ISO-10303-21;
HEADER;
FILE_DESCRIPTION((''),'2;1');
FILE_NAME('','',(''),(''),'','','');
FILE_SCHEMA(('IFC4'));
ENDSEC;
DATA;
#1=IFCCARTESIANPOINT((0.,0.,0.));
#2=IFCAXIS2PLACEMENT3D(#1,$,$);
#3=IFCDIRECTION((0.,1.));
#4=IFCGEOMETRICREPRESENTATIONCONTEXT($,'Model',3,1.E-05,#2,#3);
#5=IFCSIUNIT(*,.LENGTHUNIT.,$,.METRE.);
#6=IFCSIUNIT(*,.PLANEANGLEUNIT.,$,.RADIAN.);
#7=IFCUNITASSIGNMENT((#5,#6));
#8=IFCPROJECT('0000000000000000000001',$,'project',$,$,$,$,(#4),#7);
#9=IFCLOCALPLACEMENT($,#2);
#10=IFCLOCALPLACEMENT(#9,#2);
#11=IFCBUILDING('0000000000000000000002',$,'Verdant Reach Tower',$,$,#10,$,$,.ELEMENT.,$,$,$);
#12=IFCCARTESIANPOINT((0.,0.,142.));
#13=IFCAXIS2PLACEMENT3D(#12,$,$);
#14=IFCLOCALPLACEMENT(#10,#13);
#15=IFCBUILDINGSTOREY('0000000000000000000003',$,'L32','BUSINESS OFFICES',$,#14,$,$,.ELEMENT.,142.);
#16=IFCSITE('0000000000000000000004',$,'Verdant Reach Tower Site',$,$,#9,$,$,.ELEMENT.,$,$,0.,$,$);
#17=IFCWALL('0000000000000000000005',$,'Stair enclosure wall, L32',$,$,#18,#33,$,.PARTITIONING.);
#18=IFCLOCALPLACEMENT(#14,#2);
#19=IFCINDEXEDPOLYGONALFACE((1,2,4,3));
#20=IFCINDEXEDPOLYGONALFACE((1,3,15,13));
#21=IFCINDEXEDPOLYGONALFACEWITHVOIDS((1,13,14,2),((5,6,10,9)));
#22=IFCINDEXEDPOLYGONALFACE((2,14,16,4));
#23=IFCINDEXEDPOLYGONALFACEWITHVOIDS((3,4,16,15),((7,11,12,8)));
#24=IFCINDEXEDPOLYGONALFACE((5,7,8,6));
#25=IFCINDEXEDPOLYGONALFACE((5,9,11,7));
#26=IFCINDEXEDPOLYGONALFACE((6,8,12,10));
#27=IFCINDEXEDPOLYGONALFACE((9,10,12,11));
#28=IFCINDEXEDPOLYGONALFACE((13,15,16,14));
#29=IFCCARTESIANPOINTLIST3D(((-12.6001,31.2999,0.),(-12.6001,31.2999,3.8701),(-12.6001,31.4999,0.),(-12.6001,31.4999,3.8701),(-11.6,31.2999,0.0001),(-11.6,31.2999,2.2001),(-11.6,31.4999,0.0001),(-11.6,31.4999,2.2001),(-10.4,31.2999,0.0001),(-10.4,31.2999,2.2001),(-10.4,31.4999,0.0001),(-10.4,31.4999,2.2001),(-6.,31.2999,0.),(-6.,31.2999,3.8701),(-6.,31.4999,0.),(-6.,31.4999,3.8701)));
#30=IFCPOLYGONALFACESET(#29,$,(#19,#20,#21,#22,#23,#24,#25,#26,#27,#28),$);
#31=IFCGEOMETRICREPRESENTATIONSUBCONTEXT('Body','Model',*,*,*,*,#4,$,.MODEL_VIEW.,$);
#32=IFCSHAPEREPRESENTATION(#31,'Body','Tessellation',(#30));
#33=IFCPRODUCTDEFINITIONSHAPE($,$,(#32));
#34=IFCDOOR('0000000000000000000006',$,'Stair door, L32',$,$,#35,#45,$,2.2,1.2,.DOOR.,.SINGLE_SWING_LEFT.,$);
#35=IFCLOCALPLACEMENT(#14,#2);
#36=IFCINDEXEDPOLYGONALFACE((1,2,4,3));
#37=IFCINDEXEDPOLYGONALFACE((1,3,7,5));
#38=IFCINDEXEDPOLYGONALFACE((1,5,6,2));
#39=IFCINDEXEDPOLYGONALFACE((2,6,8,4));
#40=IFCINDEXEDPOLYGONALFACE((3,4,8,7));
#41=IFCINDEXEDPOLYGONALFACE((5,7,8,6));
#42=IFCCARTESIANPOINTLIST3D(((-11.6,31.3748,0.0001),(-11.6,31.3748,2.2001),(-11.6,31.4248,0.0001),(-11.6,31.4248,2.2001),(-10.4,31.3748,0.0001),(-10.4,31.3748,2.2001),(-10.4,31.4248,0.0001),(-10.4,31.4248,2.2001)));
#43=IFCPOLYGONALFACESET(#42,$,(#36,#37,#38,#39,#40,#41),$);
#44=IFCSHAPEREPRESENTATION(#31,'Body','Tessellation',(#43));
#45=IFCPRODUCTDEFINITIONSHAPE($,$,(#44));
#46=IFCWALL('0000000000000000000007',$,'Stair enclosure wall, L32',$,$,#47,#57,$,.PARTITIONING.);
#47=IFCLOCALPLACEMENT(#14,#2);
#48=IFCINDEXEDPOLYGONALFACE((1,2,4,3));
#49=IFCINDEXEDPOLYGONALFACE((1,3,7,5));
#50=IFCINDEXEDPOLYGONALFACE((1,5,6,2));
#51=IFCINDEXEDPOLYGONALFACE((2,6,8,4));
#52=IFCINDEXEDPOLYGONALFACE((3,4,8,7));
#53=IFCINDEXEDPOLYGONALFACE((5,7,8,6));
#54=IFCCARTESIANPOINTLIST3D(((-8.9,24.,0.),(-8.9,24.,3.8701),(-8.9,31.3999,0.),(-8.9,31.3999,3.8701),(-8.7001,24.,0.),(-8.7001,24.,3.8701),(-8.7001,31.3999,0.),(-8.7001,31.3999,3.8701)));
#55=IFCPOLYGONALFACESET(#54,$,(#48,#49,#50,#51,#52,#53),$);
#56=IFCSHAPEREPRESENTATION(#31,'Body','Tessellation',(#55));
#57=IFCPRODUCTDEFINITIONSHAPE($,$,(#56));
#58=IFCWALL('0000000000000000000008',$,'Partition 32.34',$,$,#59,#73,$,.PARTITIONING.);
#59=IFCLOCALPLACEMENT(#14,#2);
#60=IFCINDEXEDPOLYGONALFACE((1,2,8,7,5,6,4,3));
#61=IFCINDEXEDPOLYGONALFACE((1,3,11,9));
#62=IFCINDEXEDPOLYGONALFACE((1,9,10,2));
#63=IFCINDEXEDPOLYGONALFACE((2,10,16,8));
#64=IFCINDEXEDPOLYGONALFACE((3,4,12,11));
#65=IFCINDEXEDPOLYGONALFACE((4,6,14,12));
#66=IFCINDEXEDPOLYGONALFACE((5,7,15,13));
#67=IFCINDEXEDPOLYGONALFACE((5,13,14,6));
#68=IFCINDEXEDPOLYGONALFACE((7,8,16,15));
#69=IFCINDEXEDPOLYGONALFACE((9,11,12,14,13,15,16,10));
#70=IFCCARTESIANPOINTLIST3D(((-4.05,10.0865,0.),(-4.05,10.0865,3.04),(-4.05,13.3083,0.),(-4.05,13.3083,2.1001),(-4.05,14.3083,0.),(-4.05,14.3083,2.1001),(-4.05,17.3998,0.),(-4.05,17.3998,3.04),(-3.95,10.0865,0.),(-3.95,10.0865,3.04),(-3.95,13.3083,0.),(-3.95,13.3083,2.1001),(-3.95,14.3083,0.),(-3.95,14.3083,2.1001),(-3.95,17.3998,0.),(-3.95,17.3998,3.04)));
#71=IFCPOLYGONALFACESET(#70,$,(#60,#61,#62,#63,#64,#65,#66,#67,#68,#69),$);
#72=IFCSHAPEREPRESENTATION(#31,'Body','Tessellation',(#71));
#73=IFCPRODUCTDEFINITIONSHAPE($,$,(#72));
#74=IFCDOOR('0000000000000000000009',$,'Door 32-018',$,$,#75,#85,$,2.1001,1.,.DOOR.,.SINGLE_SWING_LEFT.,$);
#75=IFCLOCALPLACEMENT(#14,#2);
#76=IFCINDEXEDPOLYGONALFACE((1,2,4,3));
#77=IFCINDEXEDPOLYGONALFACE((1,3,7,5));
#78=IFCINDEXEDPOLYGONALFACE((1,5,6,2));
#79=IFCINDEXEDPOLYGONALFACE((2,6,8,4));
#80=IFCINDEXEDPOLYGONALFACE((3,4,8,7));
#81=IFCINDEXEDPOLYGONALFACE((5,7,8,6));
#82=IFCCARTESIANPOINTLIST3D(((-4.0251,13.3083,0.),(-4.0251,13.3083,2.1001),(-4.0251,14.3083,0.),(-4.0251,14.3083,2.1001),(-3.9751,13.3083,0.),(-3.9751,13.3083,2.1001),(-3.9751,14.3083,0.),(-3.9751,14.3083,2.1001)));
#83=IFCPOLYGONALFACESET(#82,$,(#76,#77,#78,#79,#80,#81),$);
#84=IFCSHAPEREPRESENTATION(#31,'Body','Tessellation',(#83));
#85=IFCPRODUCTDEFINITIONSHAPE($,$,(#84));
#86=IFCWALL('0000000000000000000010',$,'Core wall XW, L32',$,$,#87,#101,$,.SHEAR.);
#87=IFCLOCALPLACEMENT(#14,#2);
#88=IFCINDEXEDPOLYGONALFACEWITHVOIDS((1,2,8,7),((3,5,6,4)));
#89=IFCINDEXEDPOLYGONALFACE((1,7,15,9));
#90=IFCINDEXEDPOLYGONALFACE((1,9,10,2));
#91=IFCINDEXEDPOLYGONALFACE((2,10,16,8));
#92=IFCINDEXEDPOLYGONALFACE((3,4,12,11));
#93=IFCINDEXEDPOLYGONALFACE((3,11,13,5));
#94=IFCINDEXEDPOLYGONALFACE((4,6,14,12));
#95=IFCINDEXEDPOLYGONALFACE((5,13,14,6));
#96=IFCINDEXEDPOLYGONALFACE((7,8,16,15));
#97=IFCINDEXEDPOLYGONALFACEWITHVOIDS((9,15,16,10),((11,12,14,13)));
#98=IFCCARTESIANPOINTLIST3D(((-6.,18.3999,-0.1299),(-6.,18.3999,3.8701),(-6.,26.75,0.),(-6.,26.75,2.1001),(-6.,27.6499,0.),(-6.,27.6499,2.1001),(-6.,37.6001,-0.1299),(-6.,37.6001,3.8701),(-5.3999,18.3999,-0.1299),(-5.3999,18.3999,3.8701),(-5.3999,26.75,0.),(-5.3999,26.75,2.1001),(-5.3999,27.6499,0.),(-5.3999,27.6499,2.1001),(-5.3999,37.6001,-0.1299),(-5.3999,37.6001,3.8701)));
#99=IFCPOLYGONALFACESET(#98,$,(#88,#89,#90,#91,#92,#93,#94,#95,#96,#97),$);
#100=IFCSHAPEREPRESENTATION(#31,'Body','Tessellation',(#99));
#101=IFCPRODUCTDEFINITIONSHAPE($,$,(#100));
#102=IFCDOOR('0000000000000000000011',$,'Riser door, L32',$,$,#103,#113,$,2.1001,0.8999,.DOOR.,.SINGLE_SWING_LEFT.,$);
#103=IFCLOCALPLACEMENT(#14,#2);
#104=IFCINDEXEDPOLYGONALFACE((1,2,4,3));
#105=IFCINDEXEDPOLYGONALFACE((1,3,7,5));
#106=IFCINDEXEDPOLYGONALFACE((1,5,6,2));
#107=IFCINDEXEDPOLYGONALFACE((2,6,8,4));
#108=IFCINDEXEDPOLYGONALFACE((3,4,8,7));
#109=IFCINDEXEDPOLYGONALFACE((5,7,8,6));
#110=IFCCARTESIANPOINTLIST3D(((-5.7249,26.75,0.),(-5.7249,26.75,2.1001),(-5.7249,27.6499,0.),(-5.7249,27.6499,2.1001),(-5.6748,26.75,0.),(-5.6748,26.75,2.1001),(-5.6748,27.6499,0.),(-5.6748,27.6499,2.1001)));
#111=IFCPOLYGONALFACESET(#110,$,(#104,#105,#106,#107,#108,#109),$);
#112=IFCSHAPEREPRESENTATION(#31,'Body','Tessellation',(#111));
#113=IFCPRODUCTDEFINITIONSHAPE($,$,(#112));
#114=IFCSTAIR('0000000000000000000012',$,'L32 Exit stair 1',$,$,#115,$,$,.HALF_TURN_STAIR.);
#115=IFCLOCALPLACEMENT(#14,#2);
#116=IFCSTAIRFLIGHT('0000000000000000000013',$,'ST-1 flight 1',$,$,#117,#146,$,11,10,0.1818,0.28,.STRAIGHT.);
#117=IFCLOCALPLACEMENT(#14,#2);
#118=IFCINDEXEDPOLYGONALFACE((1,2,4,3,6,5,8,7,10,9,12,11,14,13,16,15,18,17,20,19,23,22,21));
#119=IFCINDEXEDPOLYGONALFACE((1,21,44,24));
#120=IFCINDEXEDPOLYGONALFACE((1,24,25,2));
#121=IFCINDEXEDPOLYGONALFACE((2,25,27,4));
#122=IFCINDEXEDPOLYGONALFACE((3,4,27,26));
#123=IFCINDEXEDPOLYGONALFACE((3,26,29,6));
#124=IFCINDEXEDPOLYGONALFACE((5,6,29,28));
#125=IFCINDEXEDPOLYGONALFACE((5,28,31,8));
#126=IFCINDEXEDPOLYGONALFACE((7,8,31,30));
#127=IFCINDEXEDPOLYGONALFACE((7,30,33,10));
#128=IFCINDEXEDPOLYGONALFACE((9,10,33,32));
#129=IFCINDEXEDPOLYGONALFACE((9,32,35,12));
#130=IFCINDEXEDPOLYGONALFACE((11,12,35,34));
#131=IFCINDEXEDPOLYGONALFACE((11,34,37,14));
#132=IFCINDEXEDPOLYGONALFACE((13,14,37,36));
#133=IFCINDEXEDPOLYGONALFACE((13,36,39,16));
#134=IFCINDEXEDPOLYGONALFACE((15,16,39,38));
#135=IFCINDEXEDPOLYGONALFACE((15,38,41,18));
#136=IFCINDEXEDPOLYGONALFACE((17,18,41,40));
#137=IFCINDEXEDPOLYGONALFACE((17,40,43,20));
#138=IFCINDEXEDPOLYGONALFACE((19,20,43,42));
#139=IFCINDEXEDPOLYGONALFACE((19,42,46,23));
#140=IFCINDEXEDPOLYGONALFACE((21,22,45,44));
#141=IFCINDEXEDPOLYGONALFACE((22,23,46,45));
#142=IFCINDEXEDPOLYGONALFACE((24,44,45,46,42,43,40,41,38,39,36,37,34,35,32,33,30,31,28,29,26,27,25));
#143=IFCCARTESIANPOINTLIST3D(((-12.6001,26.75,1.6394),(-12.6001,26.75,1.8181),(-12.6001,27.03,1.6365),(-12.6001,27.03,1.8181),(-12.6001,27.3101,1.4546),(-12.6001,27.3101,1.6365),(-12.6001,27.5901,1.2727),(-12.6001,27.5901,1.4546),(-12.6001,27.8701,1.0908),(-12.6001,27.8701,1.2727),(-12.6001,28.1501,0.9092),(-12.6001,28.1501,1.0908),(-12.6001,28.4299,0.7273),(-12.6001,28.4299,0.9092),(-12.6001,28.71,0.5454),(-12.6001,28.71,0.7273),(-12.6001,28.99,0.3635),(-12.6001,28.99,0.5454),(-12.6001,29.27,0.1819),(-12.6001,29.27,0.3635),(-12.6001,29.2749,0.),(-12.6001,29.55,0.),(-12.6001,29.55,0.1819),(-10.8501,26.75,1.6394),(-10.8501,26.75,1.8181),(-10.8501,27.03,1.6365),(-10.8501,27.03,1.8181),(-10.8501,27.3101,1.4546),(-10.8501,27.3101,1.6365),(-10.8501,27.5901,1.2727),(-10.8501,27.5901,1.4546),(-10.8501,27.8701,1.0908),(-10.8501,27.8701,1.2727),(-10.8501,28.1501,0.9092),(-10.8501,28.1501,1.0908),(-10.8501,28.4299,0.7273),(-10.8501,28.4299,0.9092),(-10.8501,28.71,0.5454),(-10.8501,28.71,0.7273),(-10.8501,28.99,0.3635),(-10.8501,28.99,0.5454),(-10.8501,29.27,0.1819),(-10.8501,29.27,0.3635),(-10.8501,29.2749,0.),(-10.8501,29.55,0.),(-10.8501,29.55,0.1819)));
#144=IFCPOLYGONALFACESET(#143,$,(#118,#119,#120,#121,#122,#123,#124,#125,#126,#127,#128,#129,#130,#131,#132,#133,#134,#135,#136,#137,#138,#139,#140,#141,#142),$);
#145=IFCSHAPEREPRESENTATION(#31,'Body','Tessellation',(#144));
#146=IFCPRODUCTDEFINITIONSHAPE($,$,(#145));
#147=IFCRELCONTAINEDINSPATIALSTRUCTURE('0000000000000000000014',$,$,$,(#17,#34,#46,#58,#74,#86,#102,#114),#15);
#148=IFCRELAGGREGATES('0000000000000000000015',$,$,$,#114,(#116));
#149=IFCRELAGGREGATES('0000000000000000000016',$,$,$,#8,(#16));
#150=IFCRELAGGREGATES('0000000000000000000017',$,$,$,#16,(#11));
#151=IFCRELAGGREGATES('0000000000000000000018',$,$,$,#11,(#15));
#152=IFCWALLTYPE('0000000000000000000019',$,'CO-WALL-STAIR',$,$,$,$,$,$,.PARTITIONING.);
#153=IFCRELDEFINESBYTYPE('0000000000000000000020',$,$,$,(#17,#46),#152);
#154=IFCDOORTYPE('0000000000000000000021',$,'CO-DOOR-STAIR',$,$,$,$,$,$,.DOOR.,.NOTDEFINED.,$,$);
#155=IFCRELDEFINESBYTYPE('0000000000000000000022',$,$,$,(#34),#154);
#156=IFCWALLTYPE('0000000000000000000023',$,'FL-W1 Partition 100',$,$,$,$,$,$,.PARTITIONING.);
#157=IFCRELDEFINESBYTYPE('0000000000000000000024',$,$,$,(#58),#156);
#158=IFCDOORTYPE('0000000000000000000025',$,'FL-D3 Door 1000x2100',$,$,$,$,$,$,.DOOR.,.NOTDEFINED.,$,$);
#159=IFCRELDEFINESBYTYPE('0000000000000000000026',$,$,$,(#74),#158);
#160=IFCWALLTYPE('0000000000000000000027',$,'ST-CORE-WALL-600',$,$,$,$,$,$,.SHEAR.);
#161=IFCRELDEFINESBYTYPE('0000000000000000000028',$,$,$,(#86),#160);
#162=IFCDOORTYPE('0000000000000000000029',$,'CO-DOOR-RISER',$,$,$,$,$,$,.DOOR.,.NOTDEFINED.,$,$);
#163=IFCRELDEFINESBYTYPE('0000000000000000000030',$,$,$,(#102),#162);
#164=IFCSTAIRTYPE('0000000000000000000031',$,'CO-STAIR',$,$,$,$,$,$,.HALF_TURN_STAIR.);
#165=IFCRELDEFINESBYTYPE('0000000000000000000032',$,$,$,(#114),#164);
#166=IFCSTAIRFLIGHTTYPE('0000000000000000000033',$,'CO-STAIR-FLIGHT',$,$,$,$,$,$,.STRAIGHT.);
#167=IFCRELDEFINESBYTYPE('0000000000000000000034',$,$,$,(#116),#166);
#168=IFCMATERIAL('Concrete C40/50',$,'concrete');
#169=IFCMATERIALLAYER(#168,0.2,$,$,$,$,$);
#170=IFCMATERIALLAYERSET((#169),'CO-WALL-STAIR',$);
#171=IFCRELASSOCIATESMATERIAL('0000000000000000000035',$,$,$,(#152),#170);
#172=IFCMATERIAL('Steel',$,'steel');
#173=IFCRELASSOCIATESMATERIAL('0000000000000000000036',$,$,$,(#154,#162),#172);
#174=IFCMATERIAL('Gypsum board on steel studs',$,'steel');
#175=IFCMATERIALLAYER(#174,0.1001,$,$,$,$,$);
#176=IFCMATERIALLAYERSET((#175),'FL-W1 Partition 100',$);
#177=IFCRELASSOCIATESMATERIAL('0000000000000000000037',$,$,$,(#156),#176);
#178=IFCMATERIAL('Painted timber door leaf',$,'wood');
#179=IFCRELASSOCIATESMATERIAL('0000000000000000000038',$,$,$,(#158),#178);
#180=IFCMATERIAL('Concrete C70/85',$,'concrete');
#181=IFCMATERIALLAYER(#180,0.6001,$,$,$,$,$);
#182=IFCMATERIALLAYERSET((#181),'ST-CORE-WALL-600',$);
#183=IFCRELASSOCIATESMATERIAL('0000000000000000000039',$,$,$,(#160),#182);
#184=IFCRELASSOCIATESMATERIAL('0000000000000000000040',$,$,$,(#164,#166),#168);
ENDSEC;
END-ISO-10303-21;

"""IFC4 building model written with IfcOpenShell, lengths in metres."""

from ifc_helpers import new_model, si_unit, direction, frame, frame_2d, origin, place, context, subcontext, project, spatial, polyline, rectangle, outline, extrude, material, layer, layer_set, type_object, element, fill, aggregate, save


model = new_model("IFC4")

# Units and contexts
model_context = context("Model", 3, precision=1e-05, world=origin(), true_north=direction((0.0, 1.0)))
body_context = subcontext(model_context, "Body", "Model", "MODEL_VIEW")
ifc_project = project(units=[si_unit("LENGTHUNIT", "METRE"), si_unit("PLANEANGLEUNIT", "RADIAN")], contexts=[model_context])

# Site, building, storey
site_placement = place(None, origin())
site = spatial("IfcSite", under=ifc_project, at=site_placement, Name="Verdant Reach Tower Site", CompositionType="ELEMENT", RefElevation=0.0)
building_placement = place(site_placement, origin())
building = spatial("IfcBuilding", under=site, at=building_placement, Name="Verdant Reach Tower", CompositionType="ELEMENT")
storey_placement = place(building_placement, frame((0.0, 0.0, 142.0)))
storey = spatial("IfcBuildingStorey", under=building, at=storey_placement, Name="L32", Description="BUSINESS OFFICES", CompositionType="ELEMENT", Elevation=142.0)

# Shared definitions
ifc_material_1 = material(Name="Gypsum board on steel studs", Category="steel")

# Shared definitions
ifc_material_2 = material(Name="Concrete C40/50", Category="concrete")

# Wall, opening, door
ifc_layer_1 = layer(ifc_material_2, 0.2)
ifc_layer_set_1 = layer_set([ifc_layer_1], Name="CO-WALL-STAIR")
wall_type_1 = type_object("IfcWallType", Name="CO-WALL-STAIR", PredefinedType="PARTITIONING", material=ifc_layer_set_1)
wall_1_placement = place(storey_placement, frame((-12.6001, 31.3999, 0.0), z_axis=(0.0, 0.0, 1.0), x_axis=(1.0, 0.0, 0.0)))
wall_1 = element("IfcWall", 1, at=wall_1_placement, inside=storey, type_object=wall_type_1, Name="Stair enclosure wall, L32", PredefinedType="PARTITIONING", context=body_context, shape_type="SweptSolid", body=[
    extrude(rectangle(XDim=6.6001, YDim=0.2, at=frame_2d((3.3, 0.0))), origin(), (0.0, 0.0, 1.0), 3.8701),
])
opening_1_placement = place(wall_1_placement, frame((1.0, 0.0, 0.0)))
opening_1 = element("IfcOpeningElement", 2, at=opening_1_placement, cuts=wall_1, PredefinedType="OPENING", context=body_context, shape_type="SweptSolid", body=[
    extrude(rectangle(XDim=1.2, YDim=2.2, at=frame_2d((0.6001, 1.1001))), frame((0.0, 0.1099, 0.0), z_axis=(0.0, -1.0, 0.0), x_axis=(1.0, 0.0, 0.0)), (0.0, 0.0, 1.0), 0.22),
])
ifc_material_3 = material(Name="Steel", Category="steel")
door_type_1 = type_object("IfcDoorType", Name="CO-DOOR-STAIR", OperationType="NOTDEFINED", PredefinedType="DOOR", material=ifc_material_3)
door_1_placement = place(opening_1_placement, origin())
door_1 = element("IfcDoor", 3, at=door_1_placement, inside=storey, type_object=door_type_1, Name="Stair door, L32", OperationType="SINGLE_SWING_LEFT", OverallHeight=2.2, OverallWidth=1.2, PredefinedType="DOOR", context=body_context, shape_type="SweptSolid", body=[
    extrude(rectangle(XDim=1.2, YDim=2.2, at=frame_2d((0.6001, 1.1001))), frame((0.0, 0.0249, 0.0), z_axis=(0.0, -1.0, 0.0), x_axis=(1.0, 0.0, 0.0)), (0.0, 0.0, 1.0), 0.05),
])
fill(opening_1, door_1)

# Wall
wall_2_placement = place(storey_placement, frame((-8.8, 24.0, 0.0), z_axis=(0.0, 0.0, 1.0), x_axis=(0.0, 1.0, 0.0)))
element("IfcWall", 4, at=wall_2_placement, inside=storey, type_object=wall_type_1, Name="Stair enclosure wall, L32", PredefinedType="PARTITIONING", context=body_context, shape_type="SweptSolid", body=[
    extrude(rectangle(XDim=7.3999, YDim=0.2, at=frame_2d((3.7, 0.0))), origin(), (0.0, 0.0, 1.0), 3.8701),
])

# Walls, openings, doors
ifc_layer_2 = layer(ifc_material_1, 0.1001)
ifc_layer_set_2 = layer_set([ifc_layer_2], Name="FL-W1 Partition 100")
wall_type_2 = type_object("IfcWallType", Name="FL-W1 Partition 100", PredefinedType="PARTITIONING", material=ifc_layer_set_2)
wall_3_placement = place(storey_placement, frame((-4.0, 17.3999, 0.0), z_axis=(0.0, 0.0, 1.0), x_axis=(0.0, -1.0, 0.0)))
wall_3 = element("IfcWall", 5, at=wall_3_placement, inside=storey, type_object=wall_type_2, Name="Partition 32.34", PredefinedType="PARTITIONING", context=body_context, shape_type="SweptSolid", body=[
    extrude(rectangle(XDim=7.3132, YDim=0.1001, at=frame_2d((3.6567, 0.0))), origin(), (0.0, 0.0, 1.0), 3.04),
])
opening_2_placement = place(wall_3_placement, frame((3.0916, 0.0, 0.0)))
opening_2 = element("IfcOpeningElement", 6, at=opening_2_placement, cuts=wall_3, PredefinedType="OPENING", context=body_context, shape_type="SweptSolid", body=[
    extrude(rectangle(XDim=1.0, YDim=2.1001, at=frame_2d((0.5, 1.05))), frame((0.0, 0.0601, 0.0), z_axis=(0.0, -1.0, 0.0), x_axis=(1.0, 0.0, 0.0)), (0.0, 0.0, 1.0), 0.1201),
])
ifc_material_4 = material(Name="Painted timber door leaf", Category="wood")
door_type_2 = type_object("IfcDoorType", Name="FL-D3 Door 1000x2100", OperationType="NOTDEFINED", PredefinedType="DOOR", material=ifc_material_4)
door_2_placement = place(opening_2_placement, origin())
door_2 = element("IfcDoor", 7, at=door_2_placement, inside=storey, type_object=door_type_2, Name="Door 32-018", OperationType="SINGLE_SWING_LEFT", OverallHeight=2.1001, OverallWidth=1.0, PredefinedType="DOOR", context=body_context, shape_type="SweptSolid", body=[
    extrude(rectangle(XDim=1.0, YDim=2.1001, at=frame_2d((0.5, 1.05))), frame((0.0, 0.0249, 0.0), z_axis=(0.0, -1.0, 0.0), x_axis=(1.0, 0.0, 0.0)), (0.0, 0.0, 1.0), 0.05),
])
fill(opening_2, door_2)
ifc_material_5 = material(Name="Concrete C70/85", Category="concrete")
ifc_layer_3 = layer(ifc_material_5, 0.6001)
ifc_layer_set_3 = layer_set([ifc_layer_3], Name="ST-CORE-WALL-600")
wall_type_3 = type_object("IfcWallType", Name="ST-CORE-WALL-600", PredefinedType="SHEAR", material=ifc_layer_set_3)
wall_4_placement = place(storey_placement, frame((-5.7, 18.3999, -0.1299), z_axis=(0.0, 0.0, 1.0), x_axis=(0.0, 1.0, 0.0)))
wall_4 = element("IfcWall", 8, at=wall_4_placement, inside=storey, type_object=wall_type_3, Name="Core wall XW, L32", PredefinedType="SHEAR", context=body_context, shape_type="SweptSolid", body=[
    extrude(rectangle(XDim=19.2002, YDim=0.6001, at=frame_2d((9.6001, 0.0))), origin(), (0.0, 0.0, 1.0), 4.0),
])
opening_3_placement = place(wall_4_placement, frame((8.3501, 0.0, 0.1299)))
opening_3 = element("IfcOpeningElement", 9, at=opening_3_placement, cuts=wall_4, PredefinedType="OPENING", context=body_context, shape_type="SweptSolid", body=[
    extrude(rectangle(XDim=0.8999, YDim=2.1001, at=frame_2d((0.45, 1.05))), frame((0.0, 0.3101, 0.0), z_axis=(0.0, -1.0, 0.0), x_axis=(1.0, 0.0, 0.0)), (0.0, 0.0, 1.0), 0.6201),
])
door_type_3 = type_object("IfcDoorType", Name="CO-DOOR-RISER", OperationType="NOTDEFINED", PredefinedType="DOOR", material=ifc_material_3)
door_3_placement = place(opening_3_placement, origin())
door_3 = element("IfcDoor", 10, at=door_3_placement, inside=storey, type_object=door_type_3, Name="Riser door, L32", OperationType="SINGLE_SWING_LEFT", OverallHeight=2.1001, OverallWidth=0.8999, PredefinedType="DOOR", context=body_context, shape_type="SweptSolid", body=[
    extrude(rectangle(XDim=0.8999, YDim=2.1001, at=frame_2d((0.45, 1.05))), frame((0.0, 0.0249, 0.0), z_axis=(0.0, -1.0, 0.0), x_axis=(1.0, 0.0, 0.0)), (0.0, 0.0, 1.0), 0.05),
])
fill(opening_3, door_3)

# Stair, stair flight
stair_type = type_object("IfcStairType", Name="CO-STAIR", PredefinedType="HALF_TURN_STAIR", material=ifc_material_2)
stair_placement = place(storey_placement, origin())
stair = element("IfcStair", 11, at=stair_placement, inside=storey, type_object=stair_type, Name="L32 Exit stair 1", PredefinedType="HALF_TURN_STAIR")
stair_flight_type = type_object("IfcStairFlightType", Name="CO-STAIR-FLIGHT", PredefinedType="STRAIGHT", material=ifc_material_2)
stair_flight_1_placement = place(storey_placement, frame((-11.7251, 29.55, 0.0), z_axis=(0.0, 0.0, 1.0), x_axis=(0.0, -1.0, 0.0)))
stair_flight_1 = element("IfcStairFlight", 12, at=stair_flight_1_placement, type_object=stair_flight_type, Name="ST-1 flight 1", NumberOfRisers=11, NumberOfTreads=10, PredefinedType="STRAIGHT", RiserHeight=0.1818, TreadLength=0.28, context=body_context, shape_type="SweptSolid", body=[
    extrude(outline(polyline([(0.0, 0.0), (0.0, 0.1819), (0.28, 0.1819), (0.28, 0.3635), (0.5601, 0.3635), (0.5601, 0.5454), (0.8401, 0.5454), (0.8401, 0.7273), (1.1201, 0.7273), (1.1201, 0.9092), (1.3999, 0.9092), (1.3999, 1.0908), (1.6799, 1.0908), (1.6799, 1.2727), (1.96, 1.2727), (1.96, 1.4546), (2.24, 1.4546), (2.24, 1.6365), (2.52, 1.6365), (2.52, 1.8181), (2.8, 1.8181), (2.8, 2.0), (2.8, 1.6394), (0.2751, 0.0), (0.0, 0.0)])), frame((0.0, 0.875, 0.0), z_axis=(0.0, -1.0, 0.0), x_axis=(1.0, 0.0, 0.0)), (0.0, 0.0, 1.0), 1.75),
])
aggregate(stair, [stair_flight_1])

save(model, "model.ifc")
